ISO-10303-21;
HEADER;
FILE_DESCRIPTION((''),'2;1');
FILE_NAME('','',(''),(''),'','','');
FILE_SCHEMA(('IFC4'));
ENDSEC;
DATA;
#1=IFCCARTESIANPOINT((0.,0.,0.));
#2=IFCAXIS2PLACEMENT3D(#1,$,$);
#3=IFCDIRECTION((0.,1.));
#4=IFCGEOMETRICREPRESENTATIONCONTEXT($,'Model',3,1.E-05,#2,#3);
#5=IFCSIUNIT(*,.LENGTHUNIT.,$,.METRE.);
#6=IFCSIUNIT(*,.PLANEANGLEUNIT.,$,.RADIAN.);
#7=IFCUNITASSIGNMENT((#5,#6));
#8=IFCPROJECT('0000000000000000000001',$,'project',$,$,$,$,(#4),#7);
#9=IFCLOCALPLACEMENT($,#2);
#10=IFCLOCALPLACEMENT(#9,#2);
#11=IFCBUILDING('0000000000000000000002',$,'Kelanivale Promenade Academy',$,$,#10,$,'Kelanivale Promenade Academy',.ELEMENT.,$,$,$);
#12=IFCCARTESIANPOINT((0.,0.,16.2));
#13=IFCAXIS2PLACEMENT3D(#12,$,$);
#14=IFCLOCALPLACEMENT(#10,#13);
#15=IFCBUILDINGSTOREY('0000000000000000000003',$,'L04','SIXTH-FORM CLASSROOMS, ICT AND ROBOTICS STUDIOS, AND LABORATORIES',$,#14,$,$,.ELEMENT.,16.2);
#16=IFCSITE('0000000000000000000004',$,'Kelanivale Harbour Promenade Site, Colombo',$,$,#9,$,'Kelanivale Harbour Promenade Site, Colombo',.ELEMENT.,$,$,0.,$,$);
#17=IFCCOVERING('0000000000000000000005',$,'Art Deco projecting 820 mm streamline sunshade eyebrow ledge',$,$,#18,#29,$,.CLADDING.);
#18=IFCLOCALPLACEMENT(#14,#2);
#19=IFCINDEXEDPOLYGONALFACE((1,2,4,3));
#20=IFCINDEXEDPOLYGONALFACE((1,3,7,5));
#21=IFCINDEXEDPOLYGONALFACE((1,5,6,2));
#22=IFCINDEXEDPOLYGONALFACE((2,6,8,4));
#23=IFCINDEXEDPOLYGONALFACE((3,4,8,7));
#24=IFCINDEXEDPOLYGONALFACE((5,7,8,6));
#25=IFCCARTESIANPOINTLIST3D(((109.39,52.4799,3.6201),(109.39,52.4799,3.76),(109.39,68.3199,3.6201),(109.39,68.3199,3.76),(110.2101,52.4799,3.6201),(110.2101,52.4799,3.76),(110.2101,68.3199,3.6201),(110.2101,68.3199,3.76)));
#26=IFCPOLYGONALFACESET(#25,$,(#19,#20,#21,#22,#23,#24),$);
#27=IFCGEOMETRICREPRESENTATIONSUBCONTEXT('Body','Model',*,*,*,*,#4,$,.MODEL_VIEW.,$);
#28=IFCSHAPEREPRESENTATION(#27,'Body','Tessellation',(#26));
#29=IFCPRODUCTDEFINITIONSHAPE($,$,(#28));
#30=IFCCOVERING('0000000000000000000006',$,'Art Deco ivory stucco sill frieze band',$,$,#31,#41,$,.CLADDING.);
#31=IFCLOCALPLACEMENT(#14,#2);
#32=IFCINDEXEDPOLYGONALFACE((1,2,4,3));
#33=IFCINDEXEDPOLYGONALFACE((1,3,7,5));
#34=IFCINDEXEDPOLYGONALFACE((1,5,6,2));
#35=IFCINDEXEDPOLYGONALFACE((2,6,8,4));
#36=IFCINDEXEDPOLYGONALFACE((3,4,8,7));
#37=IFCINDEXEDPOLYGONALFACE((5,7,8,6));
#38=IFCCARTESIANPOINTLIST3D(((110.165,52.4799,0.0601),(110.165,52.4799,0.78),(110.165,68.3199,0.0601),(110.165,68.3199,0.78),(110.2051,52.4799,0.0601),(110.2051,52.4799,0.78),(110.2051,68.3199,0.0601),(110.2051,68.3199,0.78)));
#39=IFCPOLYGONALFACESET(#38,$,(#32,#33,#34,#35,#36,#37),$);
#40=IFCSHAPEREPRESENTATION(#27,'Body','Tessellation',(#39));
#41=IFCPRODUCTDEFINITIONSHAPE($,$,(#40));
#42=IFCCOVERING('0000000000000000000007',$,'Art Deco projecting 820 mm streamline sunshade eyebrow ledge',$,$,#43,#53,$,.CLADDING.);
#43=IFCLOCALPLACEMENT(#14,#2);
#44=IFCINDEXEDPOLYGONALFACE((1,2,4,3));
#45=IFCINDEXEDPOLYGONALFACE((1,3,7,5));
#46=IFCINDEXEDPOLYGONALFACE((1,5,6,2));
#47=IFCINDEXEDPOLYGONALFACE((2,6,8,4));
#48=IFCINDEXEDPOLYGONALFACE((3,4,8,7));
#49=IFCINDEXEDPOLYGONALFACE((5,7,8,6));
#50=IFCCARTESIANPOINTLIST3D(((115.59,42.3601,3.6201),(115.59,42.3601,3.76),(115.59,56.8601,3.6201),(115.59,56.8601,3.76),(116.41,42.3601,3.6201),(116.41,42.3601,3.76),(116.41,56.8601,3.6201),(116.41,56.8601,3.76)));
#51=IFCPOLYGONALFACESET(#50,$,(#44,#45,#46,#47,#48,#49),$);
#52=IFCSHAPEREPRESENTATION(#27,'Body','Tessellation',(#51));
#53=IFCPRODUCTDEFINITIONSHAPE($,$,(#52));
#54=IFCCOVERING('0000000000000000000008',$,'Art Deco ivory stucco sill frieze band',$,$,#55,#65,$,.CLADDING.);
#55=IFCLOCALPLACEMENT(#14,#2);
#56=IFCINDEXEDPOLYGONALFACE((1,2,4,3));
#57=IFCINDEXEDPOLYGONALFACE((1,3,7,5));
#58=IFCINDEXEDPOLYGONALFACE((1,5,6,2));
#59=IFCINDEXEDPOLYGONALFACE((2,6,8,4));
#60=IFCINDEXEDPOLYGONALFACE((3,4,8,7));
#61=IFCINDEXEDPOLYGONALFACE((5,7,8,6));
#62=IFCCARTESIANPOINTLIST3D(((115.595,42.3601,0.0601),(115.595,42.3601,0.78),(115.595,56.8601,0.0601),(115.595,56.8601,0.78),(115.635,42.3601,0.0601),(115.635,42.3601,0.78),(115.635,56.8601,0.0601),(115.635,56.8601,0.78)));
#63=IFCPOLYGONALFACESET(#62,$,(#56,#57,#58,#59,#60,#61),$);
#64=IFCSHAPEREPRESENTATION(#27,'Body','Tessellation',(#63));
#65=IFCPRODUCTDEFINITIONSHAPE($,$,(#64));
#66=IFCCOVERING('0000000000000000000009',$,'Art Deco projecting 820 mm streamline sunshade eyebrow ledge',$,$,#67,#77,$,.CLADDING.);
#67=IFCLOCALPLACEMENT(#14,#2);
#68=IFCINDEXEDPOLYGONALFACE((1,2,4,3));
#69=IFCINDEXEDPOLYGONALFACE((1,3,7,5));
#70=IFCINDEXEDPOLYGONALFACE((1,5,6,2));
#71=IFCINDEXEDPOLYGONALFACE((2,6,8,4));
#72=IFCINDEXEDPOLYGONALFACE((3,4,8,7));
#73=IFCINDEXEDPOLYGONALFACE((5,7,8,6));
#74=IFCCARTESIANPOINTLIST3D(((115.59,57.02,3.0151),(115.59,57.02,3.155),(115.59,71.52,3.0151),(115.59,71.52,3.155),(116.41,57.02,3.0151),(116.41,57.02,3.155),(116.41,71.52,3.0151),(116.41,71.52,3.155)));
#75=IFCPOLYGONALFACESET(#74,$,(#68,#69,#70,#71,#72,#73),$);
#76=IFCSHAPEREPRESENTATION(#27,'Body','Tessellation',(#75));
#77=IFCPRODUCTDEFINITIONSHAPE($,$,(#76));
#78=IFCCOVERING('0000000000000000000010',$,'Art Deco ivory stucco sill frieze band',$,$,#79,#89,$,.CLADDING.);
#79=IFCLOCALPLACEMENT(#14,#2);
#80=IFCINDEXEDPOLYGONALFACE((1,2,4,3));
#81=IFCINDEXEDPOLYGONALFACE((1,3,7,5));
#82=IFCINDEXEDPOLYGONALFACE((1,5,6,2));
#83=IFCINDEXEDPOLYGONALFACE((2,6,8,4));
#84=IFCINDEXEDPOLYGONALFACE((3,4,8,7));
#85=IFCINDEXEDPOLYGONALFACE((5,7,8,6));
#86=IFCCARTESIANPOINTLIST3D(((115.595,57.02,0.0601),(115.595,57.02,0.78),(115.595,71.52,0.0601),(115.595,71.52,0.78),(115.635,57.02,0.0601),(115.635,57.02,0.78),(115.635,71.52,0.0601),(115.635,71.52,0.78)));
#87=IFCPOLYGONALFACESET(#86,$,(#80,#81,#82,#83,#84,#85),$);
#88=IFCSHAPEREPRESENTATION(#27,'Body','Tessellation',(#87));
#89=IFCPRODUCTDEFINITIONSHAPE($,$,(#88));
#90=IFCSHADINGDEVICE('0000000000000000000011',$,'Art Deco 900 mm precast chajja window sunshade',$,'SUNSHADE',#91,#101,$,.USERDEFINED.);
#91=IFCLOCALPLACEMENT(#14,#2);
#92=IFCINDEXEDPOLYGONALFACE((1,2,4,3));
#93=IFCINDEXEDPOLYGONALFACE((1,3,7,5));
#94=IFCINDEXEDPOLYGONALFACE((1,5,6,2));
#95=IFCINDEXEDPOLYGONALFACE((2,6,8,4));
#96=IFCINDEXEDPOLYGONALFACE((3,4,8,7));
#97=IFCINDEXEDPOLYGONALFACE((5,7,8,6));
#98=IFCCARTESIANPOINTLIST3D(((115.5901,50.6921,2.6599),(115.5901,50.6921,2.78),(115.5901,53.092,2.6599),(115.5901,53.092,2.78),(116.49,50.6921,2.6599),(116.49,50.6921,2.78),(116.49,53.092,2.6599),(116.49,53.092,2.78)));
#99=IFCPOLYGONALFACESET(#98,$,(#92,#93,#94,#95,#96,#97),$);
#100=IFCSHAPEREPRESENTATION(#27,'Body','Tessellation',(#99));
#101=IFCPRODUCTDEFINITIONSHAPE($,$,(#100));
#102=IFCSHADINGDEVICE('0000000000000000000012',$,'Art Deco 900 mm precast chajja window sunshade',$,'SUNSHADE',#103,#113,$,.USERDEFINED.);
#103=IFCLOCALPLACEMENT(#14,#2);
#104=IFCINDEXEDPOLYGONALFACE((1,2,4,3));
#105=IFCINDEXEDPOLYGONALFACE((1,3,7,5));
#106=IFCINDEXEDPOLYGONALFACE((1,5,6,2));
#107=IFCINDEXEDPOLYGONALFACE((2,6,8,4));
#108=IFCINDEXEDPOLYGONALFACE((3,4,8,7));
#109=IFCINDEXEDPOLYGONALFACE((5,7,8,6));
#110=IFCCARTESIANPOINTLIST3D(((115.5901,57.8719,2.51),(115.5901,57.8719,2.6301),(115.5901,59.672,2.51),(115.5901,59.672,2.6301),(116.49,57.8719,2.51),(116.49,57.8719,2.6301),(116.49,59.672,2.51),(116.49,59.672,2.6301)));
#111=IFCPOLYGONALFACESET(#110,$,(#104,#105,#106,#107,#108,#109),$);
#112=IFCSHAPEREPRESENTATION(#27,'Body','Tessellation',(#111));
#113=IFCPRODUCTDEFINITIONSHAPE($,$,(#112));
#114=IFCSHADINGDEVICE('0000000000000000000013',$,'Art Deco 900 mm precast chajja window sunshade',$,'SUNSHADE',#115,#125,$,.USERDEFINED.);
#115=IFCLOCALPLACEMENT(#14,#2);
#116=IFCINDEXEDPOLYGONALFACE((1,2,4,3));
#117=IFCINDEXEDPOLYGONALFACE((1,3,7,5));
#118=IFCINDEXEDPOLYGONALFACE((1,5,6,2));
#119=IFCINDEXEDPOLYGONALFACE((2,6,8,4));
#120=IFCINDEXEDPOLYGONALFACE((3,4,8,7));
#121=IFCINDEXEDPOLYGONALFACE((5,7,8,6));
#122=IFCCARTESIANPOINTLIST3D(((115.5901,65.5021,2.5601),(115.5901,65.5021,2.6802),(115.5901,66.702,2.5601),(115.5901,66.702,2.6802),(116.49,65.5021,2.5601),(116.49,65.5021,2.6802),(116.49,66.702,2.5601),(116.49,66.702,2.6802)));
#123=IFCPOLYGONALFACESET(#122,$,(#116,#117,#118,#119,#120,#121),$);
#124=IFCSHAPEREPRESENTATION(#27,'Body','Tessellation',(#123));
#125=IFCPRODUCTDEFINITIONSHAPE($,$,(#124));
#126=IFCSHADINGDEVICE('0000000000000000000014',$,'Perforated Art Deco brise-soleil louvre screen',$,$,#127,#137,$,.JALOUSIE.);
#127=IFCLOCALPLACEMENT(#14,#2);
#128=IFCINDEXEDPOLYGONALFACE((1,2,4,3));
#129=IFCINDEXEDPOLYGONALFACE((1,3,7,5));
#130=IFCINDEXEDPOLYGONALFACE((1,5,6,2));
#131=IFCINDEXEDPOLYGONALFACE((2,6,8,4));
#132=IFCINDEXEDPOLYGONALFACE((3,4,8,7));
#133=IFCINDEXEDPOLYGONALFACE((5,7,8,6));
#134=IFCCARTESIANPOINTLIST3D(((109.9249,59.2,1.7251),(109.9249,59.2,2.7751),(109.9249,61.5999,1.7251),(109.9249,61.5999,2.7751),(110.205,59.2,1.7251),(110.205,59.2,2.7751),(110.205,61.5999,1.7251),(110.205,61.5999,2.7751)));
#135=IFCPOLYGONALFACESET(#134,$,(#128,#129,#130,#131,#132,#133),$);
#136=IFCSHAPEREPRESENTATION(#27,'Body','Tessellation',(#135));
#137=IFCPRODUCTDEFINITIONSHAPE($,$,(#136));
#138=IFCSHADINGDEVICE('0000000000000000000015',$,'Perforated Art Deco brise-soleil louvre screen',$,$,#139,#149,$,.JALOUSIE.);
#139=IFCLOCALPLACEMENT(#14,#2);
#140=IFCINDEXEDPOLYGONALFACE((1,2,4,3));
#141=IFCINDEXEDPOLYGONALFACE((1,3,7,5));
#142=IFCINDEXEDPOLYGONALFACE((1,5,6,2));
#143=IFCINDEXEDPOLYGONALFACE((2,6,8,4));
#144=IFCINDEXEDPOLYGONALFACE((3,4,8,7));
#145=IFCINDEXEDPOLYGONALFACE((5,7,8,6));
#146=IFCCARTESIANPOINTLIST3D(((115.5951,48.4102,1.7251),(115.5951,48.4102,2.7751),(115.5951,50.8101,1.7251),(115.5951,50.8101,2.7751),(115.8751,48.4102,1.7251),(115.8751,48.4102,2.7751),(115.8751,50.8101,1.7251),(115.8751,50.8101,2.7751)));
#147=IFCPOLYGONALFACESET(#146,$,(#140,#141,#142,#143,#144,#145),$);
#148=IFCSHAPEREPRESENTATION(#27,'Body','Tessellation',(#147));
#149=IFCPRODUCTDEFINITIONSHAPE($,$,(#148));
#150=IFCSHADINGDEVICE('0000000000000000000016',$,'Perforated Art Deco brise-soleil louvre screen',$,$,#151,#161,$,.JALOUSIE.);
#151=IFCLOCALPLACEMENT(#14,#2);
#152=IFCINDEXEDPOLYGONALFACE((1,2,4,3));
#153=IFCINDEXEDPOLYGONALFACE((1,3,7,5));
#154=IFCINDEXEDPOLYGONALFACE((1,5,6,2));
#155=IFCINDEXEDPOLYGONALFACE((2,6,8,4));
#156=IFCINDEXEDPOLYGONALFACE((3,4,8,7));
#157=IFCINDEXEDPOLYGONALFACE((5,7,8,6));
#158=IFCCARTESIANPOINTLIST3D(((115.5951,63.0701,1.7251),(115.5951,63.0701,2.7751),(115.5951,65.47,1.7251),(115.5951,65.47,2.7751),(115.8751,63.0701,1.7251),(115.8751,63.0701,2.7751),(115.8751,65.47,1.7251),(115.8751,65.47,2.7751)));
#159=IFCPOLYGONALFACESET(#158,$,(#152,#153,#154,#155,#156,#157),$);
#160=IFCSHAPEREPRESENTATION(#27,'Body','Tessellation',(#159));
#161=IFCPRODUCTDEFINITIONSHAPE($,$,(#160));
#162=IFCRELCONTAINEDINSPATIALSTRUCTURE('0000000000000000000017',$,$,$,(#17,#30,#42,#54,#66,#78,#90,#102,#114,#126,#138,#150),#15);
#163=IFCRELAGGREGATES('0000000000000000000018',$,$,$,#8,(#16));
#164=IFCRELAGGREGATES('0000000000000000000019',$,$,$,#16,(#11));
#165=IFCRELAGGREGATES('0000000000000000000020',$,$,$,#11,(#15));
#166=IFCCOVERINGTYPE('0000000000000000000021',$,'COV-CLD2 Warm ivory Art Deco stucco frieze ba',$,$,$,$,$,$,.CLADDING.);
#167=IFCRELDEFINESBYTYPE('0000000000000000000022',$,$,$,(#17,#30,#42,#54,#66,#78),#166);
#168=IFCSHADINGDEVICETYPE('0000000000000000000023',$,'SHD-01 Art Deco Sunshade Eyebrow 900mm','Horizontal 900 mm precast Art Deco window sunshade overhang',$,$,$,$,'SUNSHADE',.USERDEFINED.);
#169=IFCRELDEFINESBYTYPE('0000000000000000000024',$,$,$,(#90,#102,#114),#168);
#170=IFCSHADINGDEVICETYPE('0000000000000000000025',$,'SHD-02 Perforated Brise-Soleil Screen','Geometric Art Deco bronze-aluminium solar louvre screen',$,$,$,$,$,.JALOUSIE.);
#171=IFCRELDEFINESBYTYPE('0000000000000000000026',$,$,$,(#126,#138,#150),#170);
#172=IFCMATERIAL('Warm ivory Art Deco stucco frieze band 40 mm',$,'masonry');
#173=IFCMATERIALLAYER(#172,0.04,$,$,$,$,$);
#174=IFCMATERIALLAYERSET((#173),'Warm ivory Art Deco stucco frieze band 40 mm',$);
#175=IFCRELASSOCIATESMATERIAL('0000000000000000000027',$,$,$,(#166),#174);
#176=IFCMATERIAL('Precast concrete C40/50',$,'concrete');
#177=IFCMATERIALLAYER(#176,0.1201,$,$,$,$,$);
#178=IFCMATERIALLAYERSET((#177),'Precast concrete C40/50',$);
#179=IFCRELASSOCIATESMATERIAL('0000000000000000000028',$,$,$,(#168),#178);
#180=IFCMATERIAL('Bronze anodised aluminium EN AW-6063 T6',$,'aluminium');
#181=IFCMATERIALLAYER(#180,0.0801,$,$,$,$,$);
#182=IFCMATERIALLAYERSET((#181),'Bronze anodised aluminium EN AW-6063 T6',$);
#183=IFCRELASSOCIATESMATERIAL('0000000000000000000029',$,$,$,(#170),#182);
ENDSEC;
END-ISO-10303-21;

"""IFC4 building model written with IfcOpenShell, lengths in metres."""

from ifc_helpers import new_model, si_unit, direction, frame, origin, origin_2d, place, context, subcontext, project, spatial, rectangle, extrude, material, layer, layer_set, type_object, element, save


model = new_model("IFC4")

# Units and contexts
model_context = context("Model", 3, precision=1e-05, world=origin(), true_north=direction((0.0, 1.0)))
body_context = subcontext(model_context, "Body", "Model", "MODEL_VIEW")
ifc_project = project(units=[si_unit("LENGTHUNIT", "METRE"), si_unit("PLANEANGLEUNIT", "RADIAN")], contexts=[model_context])

# Site, building, storey
site_placement = place(None, origin())
site = spatial("IfcSite", under=ifc_project, at=site_placement, Name="Kelanivale Harbour Promenade Site, Colombo", LongName="Kelanivale Harbour Promenade Site, Colombo", CompositionType="ELEMENT", RefElevation=0.0)
building_placement = place(site_placement, origin())
building = spatial("IfcBuilding", under=site, at=building_placement, Name="Kelanivale Promenade Academy", LongName="Kelanivale Promenade Academy", CompositionType="ELEMENT")
storey_placement = place(building_placement, frame((0.0, 0.0, 16.2)))
storey = spatial("IfcBuildingStorey", under=building, at=storey_placement, Name="L04", Description="SIXTH-FORM CLASSROOMS, ICT AND ROBOTICS STUDIOS, AND LABORATORIES", CompositionType="ELEMENT", Elevation=16.2)

# Coverings
ifc_material_1 = material(Name="Warm ivory Art Deco stucco frieze band 40 mm", Category="masonry")
ifc_layer_1 = layer(ifc_material_1, 0.04)
ifc_layer_set_1 = layer_set([ifc_layer_1], Name="Warm ivory Art Deco stucco frieze band 40 mm")
covering_type = type_object("IfcCoveringType", Name="COV-CLD2 Warm ivory Art Deco stucco frieze ba", PredefinedType="CLADDING", material=ifc_layer_set_1)
covering_1_placement = place(storey_placement, frame((109.8, 60.3999, 3.6201), z_axis=(0.0, 0.0, 1.0), x_axis=(0.0, -1.0, 0.0)))
element("IfcCovering", 1, at=covering_1_placement, inside=storey, type_object=covering_type, Name="Art Deco projecting 820 mm streamline sunshade eyebrow ledge", PredefinedType="CLADDING", context=body_context, shape_type="SweptSolid", body=[
    extrude(rectangle(XDim=15.8401, YDim=0.8201, at=origin_2d()), origin(), (0.0, 0.0, 1.0), 0.1399),
])
covering_2_placement = place(storey_placement, frame((110.1851, 60.3999, 0.0601), z_axis=(0.0, 0.0, 1.0), x_axis=(0.0, -1.0, 0.0)))
element("IfcCovering", 2, at=covering_2_placement, inside=storey, type_object=covering_type, Name="Art Deco ivory stucco sill frieze band", PredefinedType="CLADDING", context=body_context, shape_type="SweptSolid", body=[
    extrude(rectangle(XDim=15.8401, YDim=0.04, at=origin_2d()), origin(), (0.0, 0.0, 1.0), 0.72),
])
covering_3_placement = place(storey_placement, frame((116.0, 49.6101, 3.6201), z_axis=(0.0, 0.0, 1.0), x_axis=(0.0, 1.0, 0.0)))
element("IfcCovering", 3, at=covering_3_placement, inside=storey, type_object=covering_type, Name="Art Deco projecting 820 mm streamline sunshade eyebrow ledge", PredefinedType="CLADDING", context=body_context, shape_type="SweptSolid", body=[
    extrude(rectangle(XDim=14.5, YDim=0.8201, at=origin_2d()), origin(), (0.0, 0.0, 1.0), 0.1399),
])
covering_4_placement = place(storey_placement, frame((115.615, 49.6101, 0.0601), z_axis=(0.0, 0.0, 1.0), x_axis=(0.0, 1.0, 0.0)))
element("IfcCovering", 4, at=covering_4_placement, inside=storey, type_object=covering_type, Name="Art Deco ivory stucco sill frieze band", PredefinedType="CLADDING", context=body_context, shape_type="SweptSolid", body=[
    extrude(rectangle(XDim=14.5, YDim=0.04, at=origin_2d()), origin(), (0.0, 0.0, 1.0), 0.72),
])
covering_5_placement = place(storey_placement, frame((116.0, 64.27, 3.0151), z_axis=(0.0, 0.0, 1.0), x_axis=(0.0, 1.0, 0.0)))
element("IfcCovering", 5, at=covering_5_placement, inside=storey, type_object=covering_type, Name="Art Deco projecting 820 mm streamline sunshade eyebrow ledge", PredefinedType="CLADDING", context=body_context, shape_type="SweptSolid", body=[
    extrude(rectangle(XDim=14.5, YDim=0.8201, at=origin_2d()), origin(), (0.0, 0.0, 1.0), 0.1399),
])
covering_6_placement = place(storey_placement, frame((115.615, 64.27, 0.0601), z_axis=(0.0, 0.0, 1.0), x_axis=(0.0, 1.0, 0.0)))
element("IfcCovering", 6, at=covering_6_placement, inside=storey, type_object=covering_type, Name="Art Deco ivory stucco sill frieze band", PredefinedType="CLADDING", context=body_context, shape_type="SweptSolid", body=[
    extrude(rectangle(XDim=14.5, YDim=0.04, at=origin_2d()), origin(), (0.0, 0.0, 1.0), 0.72),
])

# Shading devices
ifc_material_2 = material(Name="Precast concrete C40/50", Category="concrete")
ifc_layer_2 = layer(ifc_material_2, 0.1201)
ifc_layer_set_2 = layer_set([ifc_layer_2], Name="Precast concrete C40/50")
shading_device_type_1 = type_object("IfcShadingDeviceType", Name="SHD-01 Art Deco Sunshade Eyebrow 900mm", Description="Horizontal 900 mm precast Art Deco window sunshade overhang", ElementType="SUNSHADE", PredefinedType="USERDEFINED", material=ifc_layer_set_2)
shading_device_1_placement = place(storey_placement, frame((116.04, 51.8921, 2.6599), z_axis=(0.0, 0.0, 1.0), x_axis=(0.0, 1.0, 0.0)))
element("IfcShadingDevice", 7, at=shading_device_1_placement, inside=storey, type_object=shading_device_type_1, Name="Art Deco 900 mm precast chajja window sunshade", ObjectType="SUNSHADE", PredefinedType="USERDEFINED", context=body_context, shape_type="SweptSolid", body=[
    extrude(rectangle(XDim=2.3999, YDim=0.8999, at=origin_2d()), origin(), (0.0, 0.0, 1.0), 0.1201),
])
shading_device_2_placement = place(storey_placement, frame((116.04, 58.772, 2.51), z_axis=(0.0, 0.0, 1.0), x_axis=(0.0, 1.0, 0.0)))
element("IfcShadingDevice", 8, at=shading_device_2_placement, inside=storey, type_object=shading_device_type_1, Name="Art Deco 900 mm precast chajja window sunshade", ObjectType="SUNSHADE", PredefinedType="USERDEFINED", context=body_context, shape_type="SweptSolid", body=[
    extrude(rectangle(XDim=1.8, YDim=0.8999, at=origin_2d()), origin(), (0.0, 0.0, 1.0), 0.1201),
])
shading_device_3_placement = place(storey_placement, frame((116.04, 66.1021, 2.5601), z_axis=(0.0, 0.0, 1.0), x_axis=(0.0, 1.0, 0.0)))
element("IfcShadingDevice", 9, at=shading_device_3_placement, inside=storey, type_object=shading_device_type_1, Name="Art Deco 900 mm precast chajja window sunshade", ObjectType="SUNSHADE", PredefinedType="USERDEFINED", context=body_context, shape_type="SweptSolid", body=[
    extrude(rectangle(XDim=1.2, YDim=0.8999, at=origin_2d()), origin(), (0.0, 0.0, 1.0), 0.1201),
])
ifc_material_3 = material(Name="Bronze anodised aluminium EN AW-6063 T6", Category="aluminium")
ifc_layer_3 = layer(ifc_material_3, 0.0801)
ifc_layer_set_3 = layer_set([ifc_layer_3], Name="Bronze anodised aluminium EN AW-6063 T6")
shading_device_type_2 = type_object("IfcShadingDeviceType", Name="SHD-02 Perforated Brise-Soleil Screen", Description="Geometric Art Deco bronze-aluminium solar louvre screen", PredefinedType="JALOUSIE", material=ifc_layer_set_3)
for number, where, z_axis, x_axis, name in (
    (10, (110.0649, 60.3999, 1.7251), (0.0, 0.0, 1.0), (0.0, -1.0, 0.0), "Perforated Art Deco brise-soleil louvre screen"),
    (11, (115.7351, 49.6101, 1.7251), (0.0, 0.0, 1.0), (0.0, 1.0, 0.0), "Perforated Art Deco brise-soleil louvre screen"),
    (12, (115.7351, 64.27, 1.7251), (0.0, 0.0, 1.0), (0.0, 1.0, 0.0), "Perforated Art Deco brise-soleil louvre screen"),
):
    element("IfcShadingDevice", number, at=place(storey_placement, frame(where, z_axis=z_axis, x_axis=x_axis)), inside=storey, type_object=shading_device_type_2, Name=name, PredefinedType="JALOUSIE", context=body_context, shape_type="SweptSolid", body=[
        extrude(rectangle(XDim=2.3999, YDim=0.28, at=origin_2d()), origin(), (0.0, 0.0, 1.0), 1.05),
    ])

save(model, "model.ifc")
